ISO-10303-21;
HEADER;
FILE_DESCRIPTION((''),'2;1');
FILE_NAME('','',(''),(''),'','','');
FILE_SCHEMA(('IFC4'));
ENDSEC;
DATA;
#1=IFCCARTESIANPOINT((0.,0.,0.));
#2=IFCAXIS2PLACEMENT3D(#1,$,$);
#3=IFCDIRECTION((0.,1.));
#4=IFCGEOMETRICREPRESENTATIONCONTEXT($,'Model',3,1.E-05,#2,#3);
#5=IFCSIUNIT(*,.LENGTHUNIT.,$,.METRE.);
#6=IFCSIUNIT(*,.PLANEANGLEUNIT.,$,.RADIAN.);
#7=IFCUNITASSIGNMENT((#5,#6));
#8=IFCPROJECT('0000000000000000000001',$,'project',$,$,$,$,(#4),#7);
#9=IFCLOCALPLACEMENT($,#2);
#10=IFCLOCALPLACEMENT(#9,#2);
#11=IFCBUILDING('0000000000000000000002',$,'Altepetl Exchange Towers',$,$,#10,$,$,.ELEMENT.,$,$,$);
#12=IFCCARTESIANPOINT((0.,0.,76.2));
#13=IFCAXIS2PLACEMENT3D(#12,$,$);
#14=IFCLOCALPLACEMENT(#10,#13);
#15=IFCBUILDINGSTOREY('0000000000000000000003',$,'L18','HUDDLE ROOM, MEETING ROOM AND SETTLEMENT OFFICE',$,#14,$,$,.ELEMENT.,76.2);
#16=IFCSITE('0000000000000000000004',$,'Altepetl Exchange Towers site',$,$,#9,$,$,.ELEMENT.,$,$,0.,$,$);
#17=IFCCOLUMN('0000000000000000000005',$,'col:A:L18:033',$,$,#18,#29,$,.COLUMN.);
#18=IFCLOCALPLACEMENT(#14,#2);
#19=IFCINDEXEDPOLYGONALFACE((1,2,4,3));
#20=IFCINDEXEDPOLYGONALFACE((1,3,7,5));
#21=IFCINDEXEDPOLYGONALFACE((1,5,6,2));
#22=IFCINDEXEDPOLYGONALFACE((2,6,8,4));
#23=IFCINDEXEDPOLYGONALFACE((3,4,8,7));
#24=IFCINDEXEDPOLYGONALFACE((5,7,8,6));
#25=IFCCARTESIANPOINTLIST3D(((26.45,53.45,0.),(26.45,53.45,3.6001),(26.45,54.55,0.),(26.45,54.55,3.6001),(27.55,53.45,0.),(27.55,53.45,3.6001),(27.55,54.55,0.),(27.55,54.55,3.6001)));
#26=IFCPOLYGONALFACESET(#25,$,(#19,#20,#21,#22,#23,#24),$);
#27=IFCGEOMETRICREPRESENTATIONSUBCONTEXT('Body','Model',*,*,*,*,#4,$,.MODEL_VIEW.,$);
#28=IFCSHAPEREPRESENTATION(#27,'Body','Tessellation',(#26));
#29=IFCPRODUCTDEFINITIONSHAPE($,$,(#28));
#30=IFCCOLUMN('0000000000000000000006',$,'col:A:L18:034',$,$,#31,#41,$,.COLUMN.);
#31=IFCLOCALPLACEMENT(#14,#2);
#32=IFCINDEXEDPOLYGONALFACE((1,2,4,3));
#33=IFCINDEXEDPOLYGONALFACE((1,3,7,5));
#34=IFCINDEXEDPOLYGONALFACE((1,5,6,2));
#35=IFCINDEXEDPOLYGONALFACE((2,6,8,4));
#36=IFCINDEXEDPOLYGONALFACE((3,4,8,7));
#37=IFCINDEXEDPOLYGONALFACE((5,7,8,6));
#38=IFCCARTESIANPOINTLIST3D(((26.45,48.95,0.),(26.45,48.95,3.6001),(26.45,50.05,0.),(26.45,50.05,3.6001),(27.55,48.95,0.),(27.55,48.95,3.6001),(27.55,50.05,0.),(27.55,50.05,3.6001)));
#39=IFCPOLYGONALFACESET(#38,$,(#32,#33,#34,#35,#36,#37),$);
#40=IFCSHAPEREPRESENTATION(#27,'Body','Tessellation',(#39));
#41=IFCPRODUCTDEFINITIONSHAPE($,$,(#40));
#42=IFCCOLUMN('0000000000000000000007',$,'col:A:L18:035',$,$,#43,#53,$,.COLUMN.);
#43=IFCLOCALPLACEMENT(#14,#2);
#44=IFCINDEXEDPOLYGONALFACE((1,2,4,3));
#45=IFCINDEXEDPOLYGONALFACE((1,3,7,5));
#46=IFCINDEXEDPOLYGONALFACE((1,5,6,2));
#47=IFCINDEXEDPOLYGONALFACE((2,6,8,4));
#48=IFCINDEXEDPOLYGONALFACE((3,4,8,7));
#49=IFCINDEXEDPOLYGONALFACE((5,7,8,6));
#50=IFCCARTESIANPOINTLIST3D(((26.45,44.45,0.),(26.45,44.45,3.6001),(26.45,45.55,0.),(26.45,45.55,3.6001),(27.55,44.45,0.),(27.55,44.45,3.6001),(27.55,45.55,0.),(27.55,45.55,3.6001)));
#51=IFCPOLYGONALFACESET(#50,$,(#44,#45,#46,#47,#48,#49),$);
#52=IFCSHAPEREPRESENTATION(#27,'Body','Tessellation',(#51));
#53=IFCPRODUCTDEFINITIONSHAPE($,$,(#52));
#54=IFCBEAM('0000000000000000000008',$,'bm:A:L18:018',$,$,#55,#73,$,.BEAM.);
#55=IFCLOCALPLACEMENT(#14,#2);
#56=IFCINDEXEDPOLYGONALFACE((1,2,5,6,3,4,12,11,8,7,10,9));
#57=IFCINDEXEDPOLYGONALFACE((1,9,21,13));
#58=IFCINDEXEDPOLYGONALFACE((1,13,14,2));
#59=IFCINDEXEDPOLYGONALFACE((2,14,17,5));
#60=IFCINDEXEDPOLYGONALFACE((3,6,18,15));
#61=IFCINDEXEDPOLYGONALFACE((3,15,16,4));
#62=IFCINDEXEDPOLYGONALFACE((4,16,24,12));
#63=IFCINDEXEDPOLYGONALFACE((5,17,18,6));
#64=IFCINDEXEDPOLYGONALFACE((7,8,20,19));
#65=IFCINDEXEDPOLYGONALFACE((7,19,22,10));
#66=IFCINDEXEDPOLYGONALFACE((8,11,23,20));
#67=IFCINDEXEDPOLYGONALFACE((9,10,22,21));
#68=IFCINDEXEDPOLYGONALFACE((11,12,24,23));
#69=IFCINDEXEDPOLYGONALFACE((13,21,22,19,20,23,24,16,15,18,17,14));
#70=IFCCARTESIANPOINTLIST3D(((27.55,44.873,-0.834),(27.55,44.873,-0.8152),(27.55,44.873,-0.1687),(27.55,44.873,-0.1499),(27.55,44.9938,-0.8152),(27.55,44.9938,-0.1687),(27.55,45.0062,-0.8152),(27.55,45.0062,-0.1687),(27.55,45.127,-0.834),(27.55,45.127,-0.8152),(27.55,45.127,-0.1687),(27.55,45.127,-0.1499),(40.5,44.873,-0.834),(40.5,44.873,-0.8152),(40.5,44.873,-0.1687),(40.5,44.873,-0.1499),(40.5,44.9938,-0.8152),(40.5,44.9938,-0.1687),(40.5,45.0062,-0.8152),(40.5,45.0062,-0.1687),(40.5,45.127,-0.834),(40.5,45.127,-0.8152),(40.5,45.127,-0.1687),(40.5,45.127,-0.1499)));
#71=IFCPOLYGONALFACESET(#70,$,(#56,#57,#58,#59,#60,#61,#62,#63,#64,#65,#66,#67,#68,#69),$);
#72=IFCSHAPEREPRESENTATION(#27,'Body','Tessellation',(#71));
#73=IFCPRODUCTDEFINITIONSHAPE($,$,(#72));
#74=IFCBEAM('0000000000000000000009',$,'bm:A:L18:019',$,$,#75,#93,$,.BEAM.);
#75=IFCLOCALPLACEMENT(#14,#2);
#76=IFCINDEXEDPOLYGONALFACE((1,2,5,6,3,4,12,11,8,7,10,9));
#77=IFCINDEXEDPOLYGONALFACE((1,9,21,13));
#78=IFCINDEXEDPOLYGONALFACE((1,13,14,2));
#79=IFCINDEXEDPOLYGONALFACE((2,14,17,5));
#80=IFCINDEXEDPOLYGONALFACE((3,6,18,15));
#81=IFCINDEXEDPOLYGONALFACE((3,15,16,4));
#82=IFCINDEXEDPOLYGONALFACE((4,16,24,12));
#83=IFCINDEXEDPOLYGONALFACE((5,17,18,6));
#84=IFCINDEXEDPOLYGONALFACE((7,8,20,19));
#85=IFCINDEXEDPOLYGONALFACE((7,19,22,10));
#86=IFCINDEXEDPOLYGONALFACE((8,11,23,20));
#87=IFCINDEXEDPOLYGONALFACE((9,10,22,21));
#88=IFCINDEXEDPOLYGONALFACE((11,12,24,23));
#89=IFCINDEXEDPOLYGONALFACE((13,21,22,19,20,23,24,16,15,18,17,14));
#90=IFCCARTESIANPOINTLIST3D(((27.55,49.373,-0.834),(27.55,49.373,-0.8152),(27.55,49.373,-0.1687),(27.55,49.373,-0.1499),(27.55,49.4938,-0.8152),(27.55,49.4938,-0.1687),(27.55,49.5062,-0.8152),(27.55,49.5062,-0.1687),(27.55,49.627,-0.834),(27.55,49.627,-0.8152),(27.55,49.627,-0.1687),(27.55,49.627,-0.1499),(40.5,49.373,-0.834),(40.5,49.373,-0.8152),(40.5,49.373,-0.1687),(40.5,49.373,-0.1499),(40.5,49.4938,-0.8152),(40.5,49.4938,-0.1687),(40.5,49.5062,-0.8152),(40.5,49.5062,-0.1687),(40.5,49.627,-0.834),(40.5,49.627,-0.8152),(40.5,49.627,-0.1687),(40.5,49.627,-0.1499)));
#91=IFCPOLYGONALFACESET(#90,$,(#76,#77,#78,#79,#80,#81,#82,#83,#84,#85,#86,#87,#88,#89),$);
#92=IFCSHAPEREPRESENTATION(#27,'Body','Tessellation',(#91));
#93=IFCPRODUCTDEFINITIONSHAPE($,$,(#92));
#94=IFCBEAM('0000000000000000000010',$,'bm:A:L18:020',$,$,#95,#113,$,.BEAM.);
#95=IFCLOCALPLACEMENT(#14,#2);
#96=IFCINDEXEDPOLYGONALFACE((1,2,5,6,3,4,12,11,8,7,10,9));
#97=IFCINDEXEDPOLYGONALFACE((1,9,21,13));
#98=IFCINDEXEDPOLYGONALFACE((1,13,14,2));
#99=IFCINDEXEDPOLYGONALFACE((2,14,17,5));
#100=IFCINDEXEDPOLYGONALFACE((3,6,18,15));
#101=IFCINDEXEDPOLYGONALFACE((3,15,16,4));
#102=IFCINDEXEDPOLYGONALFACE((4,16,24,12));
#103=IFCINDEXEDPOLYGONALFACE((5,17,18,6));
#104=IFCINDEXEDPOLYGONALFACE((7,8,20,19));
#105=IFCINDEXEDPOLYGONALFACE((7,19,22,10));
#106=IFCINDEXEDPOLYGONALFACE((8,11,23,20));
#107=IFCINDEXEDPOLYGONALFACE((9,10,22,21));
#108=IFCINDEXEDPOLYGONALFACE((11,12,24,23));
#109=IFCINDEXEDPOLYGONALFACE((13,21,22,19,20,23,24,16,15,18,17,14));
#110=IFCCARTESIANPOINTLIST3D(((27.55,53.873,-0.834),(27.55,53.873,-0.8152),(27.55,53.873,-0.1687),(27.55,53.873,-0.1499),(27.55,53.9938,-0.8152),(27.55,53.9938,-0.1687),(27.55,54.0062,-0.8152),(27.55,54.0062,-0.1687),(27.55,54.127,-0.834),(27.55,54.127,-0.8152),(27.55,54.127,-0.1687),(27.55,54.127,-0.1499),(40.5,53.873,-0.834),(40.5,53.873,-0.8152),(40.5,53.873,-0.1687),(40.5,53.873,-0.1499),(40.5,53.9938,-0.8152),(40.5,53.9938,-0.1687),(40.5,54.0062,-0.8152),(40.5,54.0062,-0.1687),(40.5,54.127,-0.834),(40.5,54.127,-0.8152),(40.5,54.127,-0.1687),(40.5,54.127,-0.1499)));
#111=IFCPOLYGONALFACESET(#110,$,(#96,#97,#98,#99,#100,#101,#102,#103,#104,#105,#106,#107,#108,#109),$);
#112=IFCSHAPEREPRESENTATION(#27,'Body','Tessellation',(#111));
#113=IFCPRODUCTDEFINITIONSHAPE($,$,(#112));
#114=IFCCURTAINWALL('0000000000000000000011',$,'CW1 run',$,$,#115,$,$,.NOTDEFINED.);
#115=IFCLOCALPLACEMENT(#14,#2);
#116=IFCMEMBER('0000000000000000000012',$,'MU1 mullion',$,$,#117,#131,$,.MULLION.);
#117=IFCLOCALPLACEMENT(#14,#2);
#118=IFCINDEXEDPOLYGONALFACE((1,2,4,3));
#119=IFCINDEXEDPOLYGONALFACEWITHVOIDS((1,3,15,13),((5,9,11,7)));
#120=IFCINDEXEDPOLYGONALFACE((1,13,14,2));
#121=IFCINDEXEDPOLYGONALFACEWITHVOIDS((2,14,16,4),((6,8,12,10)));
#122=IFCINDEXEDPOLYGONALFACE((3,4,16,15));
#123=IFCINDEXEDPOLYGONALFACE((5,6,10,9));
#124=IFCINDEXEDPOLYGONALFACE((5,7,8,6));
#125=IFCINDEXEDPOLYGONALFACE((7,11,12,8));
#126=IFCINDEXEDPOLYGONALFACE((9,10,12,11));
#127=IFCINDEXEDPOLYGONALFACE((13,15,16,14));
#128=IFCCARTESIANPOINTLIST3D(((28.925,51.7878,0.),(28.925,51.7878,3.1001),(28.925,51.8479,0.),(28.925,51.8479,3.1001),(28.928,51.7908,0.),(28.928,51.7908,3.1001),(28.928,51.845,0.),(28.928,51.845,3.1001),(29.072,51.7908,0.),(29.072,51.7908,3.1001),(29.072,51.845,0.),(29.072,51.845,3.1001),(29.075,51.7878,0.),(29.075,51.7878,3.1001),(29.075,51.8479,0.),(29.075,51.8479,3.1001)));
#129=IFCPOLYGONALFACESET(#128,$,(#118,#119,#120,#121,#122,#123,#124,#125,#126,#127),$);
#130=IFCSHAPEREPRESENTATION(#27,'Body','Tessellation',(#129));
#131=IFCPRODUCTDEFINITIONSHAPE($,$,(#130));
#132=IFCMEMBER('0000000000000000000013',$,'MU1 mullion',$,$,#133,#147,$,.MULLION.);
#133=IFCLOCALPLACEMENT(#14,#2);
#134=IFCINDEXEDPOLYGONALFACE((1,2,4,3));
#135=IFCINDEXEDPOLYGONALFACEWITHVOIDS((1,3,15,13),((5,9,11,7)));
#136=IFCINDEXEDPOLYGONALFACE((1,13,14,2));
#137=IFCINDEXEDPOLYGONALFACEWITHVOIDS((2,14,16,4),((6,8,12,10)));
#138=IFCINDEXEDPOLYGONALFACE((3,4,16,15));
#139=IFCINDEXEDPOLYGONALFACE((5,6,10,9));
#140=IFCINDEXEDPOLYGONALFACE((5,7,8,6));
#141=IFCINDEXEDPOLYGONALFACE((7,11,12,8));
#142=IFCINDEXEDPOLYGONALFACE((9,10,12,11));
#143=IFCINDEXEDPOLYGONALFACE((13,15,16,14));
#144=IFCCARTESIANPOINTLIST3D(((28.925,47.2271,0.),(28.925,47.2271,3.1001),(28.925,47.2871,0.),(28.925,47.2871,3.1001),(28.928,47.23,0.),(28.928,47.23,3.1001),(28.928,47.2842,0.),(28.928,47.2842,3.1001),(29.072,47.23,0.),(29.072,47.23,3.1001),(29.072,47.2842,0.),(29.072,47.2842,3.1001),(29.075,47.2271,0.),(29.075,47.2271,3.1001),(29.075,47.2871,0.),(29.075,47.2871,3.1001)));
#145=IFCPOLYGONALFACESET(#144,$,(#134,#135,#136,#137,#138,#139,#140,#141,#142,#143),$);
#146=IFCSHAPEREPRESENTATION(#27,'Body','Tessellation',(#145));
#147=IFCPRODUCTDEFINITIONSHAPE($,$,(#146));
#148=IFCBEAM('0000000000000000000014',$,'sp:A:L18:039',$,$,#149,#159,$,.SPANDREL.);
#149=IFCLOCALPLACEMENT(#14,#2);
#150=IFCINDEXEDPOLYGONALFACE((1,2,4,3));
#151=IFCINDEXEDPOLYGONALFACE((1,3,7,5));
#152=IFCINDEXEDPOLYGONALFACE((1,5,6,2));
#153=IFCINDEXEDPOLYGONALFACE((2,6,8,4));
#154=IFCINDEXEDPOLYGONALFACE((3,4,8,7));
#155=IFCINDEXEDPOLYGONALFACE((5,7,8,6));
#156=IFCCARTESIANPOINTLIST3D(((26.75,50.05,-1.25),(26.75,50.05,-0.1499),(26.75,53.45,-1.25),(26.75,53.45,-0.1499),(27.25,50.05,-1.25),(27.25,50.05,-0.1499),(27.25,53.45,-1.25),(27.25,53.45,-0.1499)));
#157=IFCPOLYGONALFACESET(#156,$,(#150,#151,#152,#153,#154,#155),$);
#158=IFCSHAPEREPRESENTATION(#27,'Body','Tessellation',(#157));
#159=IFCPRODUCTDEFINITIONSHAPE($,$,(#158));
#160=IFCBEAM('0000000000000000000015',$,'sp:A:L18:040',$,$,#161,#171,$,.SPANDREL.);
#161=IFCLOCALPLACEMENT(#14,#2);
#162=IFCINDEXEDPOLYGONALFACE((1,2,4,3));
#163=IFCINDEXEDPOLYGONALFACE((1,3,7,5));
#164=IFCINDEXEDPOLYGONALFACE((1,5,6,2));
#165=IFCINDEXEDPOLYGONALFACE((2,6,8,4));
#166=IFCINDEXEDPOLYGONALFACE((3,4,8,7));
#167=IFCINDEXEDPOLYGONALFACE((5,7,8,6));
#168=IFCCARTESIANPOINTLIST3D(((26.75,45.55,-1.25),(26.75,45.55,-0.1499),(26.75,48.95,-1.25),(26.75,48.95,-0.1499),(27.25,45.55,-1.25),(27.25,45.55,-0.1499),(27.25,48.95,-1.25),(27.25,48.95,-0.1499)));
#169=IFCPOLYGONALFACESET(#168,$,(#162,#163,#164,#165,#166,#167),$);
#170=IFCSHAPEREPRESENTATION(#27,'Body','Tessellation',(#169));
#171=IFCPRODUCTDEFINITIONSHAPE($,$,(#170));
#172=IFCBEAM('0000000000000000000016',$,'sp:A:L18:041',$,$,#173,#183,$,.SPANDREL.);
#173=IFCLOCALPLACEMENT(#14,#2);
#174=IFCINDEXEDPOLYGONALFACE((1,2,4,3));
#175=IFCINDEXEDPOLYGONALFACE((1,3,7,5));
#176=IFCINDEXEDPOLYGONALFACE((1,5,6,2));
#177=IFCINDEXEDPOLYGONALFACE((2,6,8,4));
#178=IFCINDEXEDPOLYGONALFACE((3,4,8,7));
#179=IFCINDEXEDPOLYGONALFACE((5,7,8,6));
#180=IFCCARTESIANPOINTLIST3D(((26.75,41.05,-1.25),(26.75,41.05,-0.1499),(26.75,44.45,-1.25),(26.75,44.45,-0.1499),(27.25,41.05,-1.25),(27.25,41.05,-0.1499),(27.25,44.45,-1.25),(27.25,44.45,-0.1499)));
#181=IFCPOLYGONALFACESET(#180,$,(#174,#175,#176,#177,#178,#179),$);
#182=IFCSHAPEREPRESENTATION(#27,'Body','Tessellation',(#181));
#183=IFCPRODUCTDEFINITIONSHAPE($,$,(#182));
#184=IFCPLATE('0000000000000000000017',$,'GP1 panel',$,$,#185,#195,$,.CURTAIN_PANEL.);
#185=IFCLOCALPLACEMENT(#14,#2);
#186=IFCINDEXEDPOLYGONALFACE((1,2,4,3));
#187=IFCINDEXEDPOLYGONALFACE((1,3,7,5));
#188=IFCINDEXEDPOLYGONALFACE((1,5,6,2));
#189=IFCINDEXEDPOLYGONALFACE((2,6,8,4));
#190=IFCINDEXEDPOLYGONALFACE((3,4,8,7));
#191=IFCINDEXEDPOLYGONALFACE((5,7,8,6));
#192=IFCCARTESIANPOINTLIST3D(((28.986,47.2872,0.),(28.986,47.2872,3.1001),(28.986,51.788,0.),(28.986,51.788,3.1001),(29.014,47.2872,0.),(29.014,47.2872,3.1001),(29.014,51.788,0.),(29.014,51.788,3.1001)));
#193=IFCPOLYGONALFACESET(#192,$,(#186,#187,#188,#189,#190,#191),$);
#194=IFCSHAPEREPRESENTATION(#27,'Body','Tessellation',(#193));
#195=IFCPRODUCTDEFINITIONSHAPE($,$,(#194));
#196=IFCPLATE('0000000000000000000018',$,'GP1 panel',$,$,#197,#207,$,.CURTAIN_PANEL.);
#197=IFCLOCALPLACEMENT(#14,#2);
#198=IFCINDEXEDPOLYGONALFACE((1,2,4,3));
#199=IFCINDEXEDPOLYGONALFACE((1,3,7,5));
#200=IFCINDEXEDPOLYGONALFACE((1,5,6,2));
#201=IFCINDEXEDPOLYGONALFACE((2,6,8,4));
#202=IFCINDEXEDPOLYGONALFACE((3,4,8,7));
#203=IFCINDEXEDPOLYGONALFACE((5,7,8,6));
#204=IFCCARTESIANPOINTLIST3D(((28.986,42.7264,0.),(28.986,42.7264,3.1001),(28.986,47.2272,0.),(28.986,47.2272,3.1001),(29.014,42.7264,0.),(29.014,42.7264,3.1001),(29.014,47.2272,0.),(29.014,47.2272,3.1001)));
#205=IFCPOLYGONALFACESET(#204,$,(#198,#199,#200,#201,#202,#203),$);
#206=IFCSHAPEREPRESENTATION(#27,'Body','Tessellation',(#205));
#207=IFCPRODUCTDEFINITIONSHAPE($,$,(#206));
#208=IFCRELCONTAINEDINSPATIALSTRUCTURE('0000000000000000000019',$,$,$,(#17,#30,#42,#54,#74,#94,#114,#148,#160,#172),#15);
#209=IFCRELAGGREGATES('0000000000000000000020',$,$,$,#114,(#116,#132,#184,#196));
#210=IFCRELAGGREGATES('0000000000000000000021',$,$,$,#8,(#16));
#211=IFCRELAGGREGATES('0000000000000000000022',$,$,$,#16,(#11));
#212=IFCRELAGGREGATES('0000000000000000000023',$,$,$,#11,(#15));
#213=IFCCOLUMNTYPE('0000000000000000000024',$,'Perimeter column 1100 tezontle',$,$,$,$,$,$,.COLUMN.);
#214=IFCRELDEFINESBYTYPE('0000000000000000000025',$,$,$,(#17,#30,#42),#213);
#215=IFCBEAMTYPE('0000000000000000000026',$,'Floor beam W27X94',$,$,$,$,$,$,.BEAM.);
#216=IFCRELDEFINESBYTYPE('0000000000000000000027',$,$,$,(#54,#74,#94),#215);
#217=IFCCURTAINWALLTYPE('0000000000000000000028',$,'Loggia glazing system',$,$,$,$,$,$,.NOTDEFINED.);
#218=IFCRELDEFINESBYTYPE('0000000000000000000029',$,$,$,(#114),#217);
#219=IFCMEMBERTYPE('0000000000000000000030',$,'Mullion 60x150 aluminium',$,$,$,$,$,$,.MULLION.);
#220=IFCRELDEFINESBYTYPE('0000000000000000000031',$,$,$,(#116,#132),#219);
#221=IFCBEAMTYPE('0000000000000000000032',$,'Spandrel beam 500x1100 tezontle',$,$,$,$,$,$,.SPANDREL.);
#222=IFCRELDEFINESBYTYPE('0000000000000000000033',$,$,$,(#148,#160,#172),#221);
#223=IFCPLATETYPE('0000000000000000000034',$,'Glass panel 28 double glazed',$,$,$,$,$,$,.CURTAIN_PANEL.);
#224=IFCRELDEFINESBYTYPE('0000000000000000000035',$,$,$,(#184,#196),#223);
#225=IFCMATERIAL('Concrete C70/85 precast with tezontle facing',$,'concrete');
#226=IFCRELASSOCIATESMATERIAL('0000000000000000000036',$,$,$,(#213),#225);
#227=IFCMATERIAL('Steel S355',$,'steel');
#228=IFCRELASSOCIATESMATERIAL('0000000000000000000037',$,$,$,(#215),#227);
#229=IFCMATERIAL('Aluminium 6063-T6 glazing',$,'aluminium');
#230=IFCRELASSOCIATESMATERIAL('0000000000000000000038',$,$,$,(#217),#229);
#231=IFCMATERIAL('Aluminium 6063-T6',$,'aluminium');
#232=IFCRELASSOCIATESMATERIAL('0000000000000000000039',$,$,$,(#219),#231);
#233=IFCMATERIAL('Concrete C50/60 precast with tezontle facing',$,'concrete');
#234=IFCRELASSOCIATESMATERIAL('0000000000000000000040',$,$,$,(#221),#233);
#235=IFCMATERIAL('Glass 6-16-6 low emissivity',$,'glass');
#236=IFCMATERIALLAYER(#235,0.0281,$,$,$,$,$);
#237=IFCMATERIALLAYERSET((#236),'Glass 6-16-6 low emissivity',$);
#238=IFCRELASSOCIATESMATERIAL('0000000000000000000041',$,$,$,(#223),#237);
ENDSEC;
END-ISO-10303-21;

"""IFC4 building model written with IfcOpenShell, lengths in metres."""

from ifc_helpers import new_model, si_unit, direction, frame, origin, origin_2d, place, context, subcontext, project, spatial, rectangle, hollow_rectangle, i_section, extrude, material, layer, layer_set, material_profile, profile_set, type_object, element, aggregate, save


model = new_model("IFC4")

# Units and contexts
model_context = context("Model", 3, precision=1e-05, world=origin(), true_north=direction((0.0, 1.0)))
body_context = subcontext(model_context, "Body", "Model", "MODEL_VIEW")
ifc_project = project(units=[si_unit("LENGTHUNIT", "METRE"), si_unit("PLANEANGLEUNIT", "RADIAN")], contexts=[model_context])

# Site, building, storey
site_placement = place(None, origin())
site = spatial("IfcSite", under=ifc_project, at=site_placement, Name="Altepetl Exchange Towers site", CompositionType="ELEMENT", RefElevation=0.0)
building_placement = place(site_placement, origin())
building = spatial("IfcBuilding", under=site, at=building_placement, Name="Altepetl Exchange Towers", CompositionType="ELEMENT")
storey_placement = place(building_placement, frame((0.0, 0.0, 76.2)))
storey = spatial("IfcBuildingStorey", under=building, at=storey_placement, Name="L18", Description="HUDDLE ROOM, MEETING ROOM AND SETTLEMENT OFFICE", CompositionType="ELEMENT", Elevation=76.2)

# Columns
ifc_material_1 = material(Name="Concrete C70/85 precast with tezontle facing", Category="concrete")
ifc_material_profile_1 = material_profile(ifc_material_1, rectangle(XDim=1.1001, YDim=1.1001, at=origin_2d()), Name="1100 x 1100")
ifc_profile_set_1 = profile_set([ifc_material_profile_1], Name="Concrete C70/85 precast with tezontle facing")
column_type = type_object("IfcColumnType", Name="Perimeter column 1100 tezontle", PredefinedType="COLUMN", material=ifc_profile_set_1)
for number, where, name in (
    (1, (27.0, 54.0, 0.0), "col:A:L18:033"),
    (2, (27.0, 49.5, 0.0), "col:A:L18:034"),
    (3, (27.0, 45.0, 0.0), "col:A:L18:035"),
):
    element("IfcColumn", number, at=place(storey_placement, frame(where)), inside=storey, type_object=column_type, Name=name, PredefinedType="COLUMN", context=body_context, shape_type="SweptSolid", body=[
        extrude(rectangle(XDim=1.1001, YDim=1.1001, at=origin_2d()), origin(), (0.0, 0.0, 1.0), 3.6001),
    ])

# Beams
ifc_material_2 = material(Name="Steel S355", Category="steel")
ifc_material_profile_2 = material_profile(ifc_material_2, i_section(OverallWidth=0.2539, OverallDepth=0.6841, WebThickness=0.0125, FlangeThickness=0.0188, at=origin_2d()), Name="W27X94")
ifc_profile_set_2 = profile_set([ifc_material_profile_2], Name="Steel S355")
beam_type_1 = type_object("IfcBeamType", Name="Floor beam W27X94", PredefinedType="BEAM", material=ifc_profile_set_2)
for number, where, z_axis, x_axis, name in (
    (4, (27.55, 45.0, -0.4919), (1.0, 0.0, 0.0), (0.0, 1.0, 0.0), "bm:A:L18:018"),
    (5, (27.55, 49.5, -0.4919), (1.0, 0.0, 0.0), (0.0, 1.0, 0.0), "bm:A:L18:019"),
    (6, (27.55, 54.0, -0.4919), (1.0, 0.0, 0.0), (0.0, 1.0, 0.0), "bm:A:L18:020"),
):
    element("IfcBeam", number, at=place(storey_placement, frame(where, z_axis=z_axis, x_axis=x_axis)), inside=storey, type_object=beam_type_1, Name=name, PredefinedType="BEAM", context=body_context, shape_type="SweptSolid", body=[
        extrude(i_section(OverallWidth=0.2539, OverallDepth=0.6841, WebThickness=0.0125, FlangeThickness=0.0188, at=origin_2d()), origin(), (0.0, 0.0, 1.0), 12.95),
    ])

# Curtain wall, members
ifc_material_3 = material(Name="Aluminium 6063-T6 glazing", Category="aluminium")
curtain_wall_type = type_object("IfcCurtainWallType", Name="Loggia glazing system", PredefinedType="NOTDEFINED", material=ifc_material_3)
curtain_wall_placement = place(storey_placement, origin())
curtain_wall = element("IfcCurtainWall", 7, at=curtain_wall_placement, inside=storey, type_object=curtain_wall_type, Name="CW1 run", PredefinedType="NOTDEFINED")
ifc_material_4 = material(Name="Aluminium 6063-T6", Category="aluminium")
ifc_material_profile_3 = material_profile(ifc_material_4, hollow_rectangle(XDim=0.0601, YDim=0.1499, WallThickness=0.0029, at=origin_2d()), Name="Mullion 60x150 aluminium")
ifc_profile_set_3 = profile_set([ifc_material_profile_3], Name="Aluminium 6063-T6")
member_type = type_object("IfcMemberType", Name="Mullion 60x150 aluminium", PredefinedType="MULLION", material=ifc_profile_set_3)
member_1_placement = place(storey_placement, frame((29.0, 51.8179, 0.0), z_axis=(0.0, 0.0, 1.0), x_axis=(0.0, -1.0, 0.0)))
member_1 = element("IfcMember", 8, at=member_1_placement, type_object=member_type, Name="MU1 mullion", PredefinedType="MULLION", context=body_context, shape_type="SweptSolid", body=[
    extrude(hollow_rectangle(XDim=0.0601, YDim=0.1499, WallThickness=0.0029, at=origin_2d()), origin(), (0.0, 0.0, 1.0), 3.1001),
])
member_2_placement = place(storey_placement, frame((29.0, 47.2571, 0.0), z_axis=(0.0, 0.0, 1.0), x_axis=(0.0, -1.0, 0.0)))
member_2 = element("IfcMember", 9, at=member_2_placement, type_object=member_type, Name="MU1 mullion", PredefinedType="MULLION", context=body_context, shape_type="SweptSolid", body=[
    extrude(hollow_rectangle(XDim=0.0601, YDim=0.1499, WallThickness=0.0029, at=origin_2d()), origin(), (0.0, 0.0, 1.0), 3.1001),
])

# Beams
ifc_material_5 = material(Name="Concrete C50/60 precast with tezontle facing", Category="concrete")
ifc_material_profile_4 = material_profile(ifc_material_5, rectangle(XDim=0.5, YDim=1.1001, at=origin_2d()), Name="500 x 1100")
ifc_profile_set_4 = profile_set([ifc_material_profile_4], Name="Concrete C50/60 precast with tezontle facing")
beam_type_2 = type_object("IfcBeamType", Name="Spandrel beam 500x1100 tezontle", PredefinedType="SPANDREL", material=ifc_profile_set_4)
for number, where, z_axis, x_axis, name in (
    (10, (27.0, 53.45, -0.7), (0.0, -1.0, 0.0), (1.0, 0.0, 0.0), "sp:A:L18:039"),
    (11, (27.0, 48.95, -0.7), (0.0, -1.0, 0.0), (1.0, 0.0, 0.0), "sp:A:L18:040"),
    (12, (27.0, 44.45, -0.7), (0.0, -1.0, 0.0), (1.0, 0.0, 0.0), "sp:A:L18:041"),
):
    element("IfcBeam", number, at=place(storey_placement, frame(where, z_axis=z_axis, x_axis=x_axis)), inside=storey, type_object=beam_type_2, Name=name, PredefinedType="SPANDREL", context=body_context, shape_type="SweptSolid", body=[
        extrude(rectangle(XDim=0.5, YDim=1.1001, at=origin_2d()), origin(), (0.0, 0.0, 1.0), 3.3999),
    ])

# Plates
ifc_material_6 = material(Name="Glass 6-16-6 low emissivity", Category="glass")
ifc_layer_1 = layer(ifc_material_6, 0.0281)
ifc_layer_set_1 = layer_set([ifc_layer_1], Name="Glass 6-16-6 low emissivity")
plate_type = type_object("IfcPlateType", Name="Glass panel 28 double glazed", PredefinedType="CURTAIN_PANEL", material=ifc_layer_set_1)
plate_1_placement = place(storey_placement, frame((29.0, 49.5376, 0.0), z_axis=(0.0, 0.0, 1.0), x_axis=(0.0, -1.0, 0.0)))
plate_1 = element("IfcPlate", 13, at=plate_1_placement, type_object=plate_type, Name="GP1 panel", PredefinedType="CURTAIN_PANEL", context=body_context, shape_type="SweptSolid", body=[
    extrude(rectangle(XDim=4.5007, YDim=0.0281, at=origin_2d()), origin(), (0.0, 0.0, 1.0), 3.1001),
])
plate_2_placement = place(storey_placement, frame((29.0, 44.9768, 0.0), z_axis=(0.0, 0.0, 1.0), x_axis=(0.0, -1.0, 0.0)))
plate_2 = element("IfcPlate", 14, at=plate_2_placement, type_object=plate_type, Name="GP1 panel", PredefinedType="CURTAIN_PANEL", context=body_context, shape_type="SweptSolid", body=[
    extrude(rectangle(XDim=4.5007, YDim=0.0281, at=origin_2d()), origin(), (0.0, 0.0, 1.0), 3.1001),
])
aggregate(curtain_wall, [member_1, member_2, plate_1, plate_2])

save(model, "model.ifc")
